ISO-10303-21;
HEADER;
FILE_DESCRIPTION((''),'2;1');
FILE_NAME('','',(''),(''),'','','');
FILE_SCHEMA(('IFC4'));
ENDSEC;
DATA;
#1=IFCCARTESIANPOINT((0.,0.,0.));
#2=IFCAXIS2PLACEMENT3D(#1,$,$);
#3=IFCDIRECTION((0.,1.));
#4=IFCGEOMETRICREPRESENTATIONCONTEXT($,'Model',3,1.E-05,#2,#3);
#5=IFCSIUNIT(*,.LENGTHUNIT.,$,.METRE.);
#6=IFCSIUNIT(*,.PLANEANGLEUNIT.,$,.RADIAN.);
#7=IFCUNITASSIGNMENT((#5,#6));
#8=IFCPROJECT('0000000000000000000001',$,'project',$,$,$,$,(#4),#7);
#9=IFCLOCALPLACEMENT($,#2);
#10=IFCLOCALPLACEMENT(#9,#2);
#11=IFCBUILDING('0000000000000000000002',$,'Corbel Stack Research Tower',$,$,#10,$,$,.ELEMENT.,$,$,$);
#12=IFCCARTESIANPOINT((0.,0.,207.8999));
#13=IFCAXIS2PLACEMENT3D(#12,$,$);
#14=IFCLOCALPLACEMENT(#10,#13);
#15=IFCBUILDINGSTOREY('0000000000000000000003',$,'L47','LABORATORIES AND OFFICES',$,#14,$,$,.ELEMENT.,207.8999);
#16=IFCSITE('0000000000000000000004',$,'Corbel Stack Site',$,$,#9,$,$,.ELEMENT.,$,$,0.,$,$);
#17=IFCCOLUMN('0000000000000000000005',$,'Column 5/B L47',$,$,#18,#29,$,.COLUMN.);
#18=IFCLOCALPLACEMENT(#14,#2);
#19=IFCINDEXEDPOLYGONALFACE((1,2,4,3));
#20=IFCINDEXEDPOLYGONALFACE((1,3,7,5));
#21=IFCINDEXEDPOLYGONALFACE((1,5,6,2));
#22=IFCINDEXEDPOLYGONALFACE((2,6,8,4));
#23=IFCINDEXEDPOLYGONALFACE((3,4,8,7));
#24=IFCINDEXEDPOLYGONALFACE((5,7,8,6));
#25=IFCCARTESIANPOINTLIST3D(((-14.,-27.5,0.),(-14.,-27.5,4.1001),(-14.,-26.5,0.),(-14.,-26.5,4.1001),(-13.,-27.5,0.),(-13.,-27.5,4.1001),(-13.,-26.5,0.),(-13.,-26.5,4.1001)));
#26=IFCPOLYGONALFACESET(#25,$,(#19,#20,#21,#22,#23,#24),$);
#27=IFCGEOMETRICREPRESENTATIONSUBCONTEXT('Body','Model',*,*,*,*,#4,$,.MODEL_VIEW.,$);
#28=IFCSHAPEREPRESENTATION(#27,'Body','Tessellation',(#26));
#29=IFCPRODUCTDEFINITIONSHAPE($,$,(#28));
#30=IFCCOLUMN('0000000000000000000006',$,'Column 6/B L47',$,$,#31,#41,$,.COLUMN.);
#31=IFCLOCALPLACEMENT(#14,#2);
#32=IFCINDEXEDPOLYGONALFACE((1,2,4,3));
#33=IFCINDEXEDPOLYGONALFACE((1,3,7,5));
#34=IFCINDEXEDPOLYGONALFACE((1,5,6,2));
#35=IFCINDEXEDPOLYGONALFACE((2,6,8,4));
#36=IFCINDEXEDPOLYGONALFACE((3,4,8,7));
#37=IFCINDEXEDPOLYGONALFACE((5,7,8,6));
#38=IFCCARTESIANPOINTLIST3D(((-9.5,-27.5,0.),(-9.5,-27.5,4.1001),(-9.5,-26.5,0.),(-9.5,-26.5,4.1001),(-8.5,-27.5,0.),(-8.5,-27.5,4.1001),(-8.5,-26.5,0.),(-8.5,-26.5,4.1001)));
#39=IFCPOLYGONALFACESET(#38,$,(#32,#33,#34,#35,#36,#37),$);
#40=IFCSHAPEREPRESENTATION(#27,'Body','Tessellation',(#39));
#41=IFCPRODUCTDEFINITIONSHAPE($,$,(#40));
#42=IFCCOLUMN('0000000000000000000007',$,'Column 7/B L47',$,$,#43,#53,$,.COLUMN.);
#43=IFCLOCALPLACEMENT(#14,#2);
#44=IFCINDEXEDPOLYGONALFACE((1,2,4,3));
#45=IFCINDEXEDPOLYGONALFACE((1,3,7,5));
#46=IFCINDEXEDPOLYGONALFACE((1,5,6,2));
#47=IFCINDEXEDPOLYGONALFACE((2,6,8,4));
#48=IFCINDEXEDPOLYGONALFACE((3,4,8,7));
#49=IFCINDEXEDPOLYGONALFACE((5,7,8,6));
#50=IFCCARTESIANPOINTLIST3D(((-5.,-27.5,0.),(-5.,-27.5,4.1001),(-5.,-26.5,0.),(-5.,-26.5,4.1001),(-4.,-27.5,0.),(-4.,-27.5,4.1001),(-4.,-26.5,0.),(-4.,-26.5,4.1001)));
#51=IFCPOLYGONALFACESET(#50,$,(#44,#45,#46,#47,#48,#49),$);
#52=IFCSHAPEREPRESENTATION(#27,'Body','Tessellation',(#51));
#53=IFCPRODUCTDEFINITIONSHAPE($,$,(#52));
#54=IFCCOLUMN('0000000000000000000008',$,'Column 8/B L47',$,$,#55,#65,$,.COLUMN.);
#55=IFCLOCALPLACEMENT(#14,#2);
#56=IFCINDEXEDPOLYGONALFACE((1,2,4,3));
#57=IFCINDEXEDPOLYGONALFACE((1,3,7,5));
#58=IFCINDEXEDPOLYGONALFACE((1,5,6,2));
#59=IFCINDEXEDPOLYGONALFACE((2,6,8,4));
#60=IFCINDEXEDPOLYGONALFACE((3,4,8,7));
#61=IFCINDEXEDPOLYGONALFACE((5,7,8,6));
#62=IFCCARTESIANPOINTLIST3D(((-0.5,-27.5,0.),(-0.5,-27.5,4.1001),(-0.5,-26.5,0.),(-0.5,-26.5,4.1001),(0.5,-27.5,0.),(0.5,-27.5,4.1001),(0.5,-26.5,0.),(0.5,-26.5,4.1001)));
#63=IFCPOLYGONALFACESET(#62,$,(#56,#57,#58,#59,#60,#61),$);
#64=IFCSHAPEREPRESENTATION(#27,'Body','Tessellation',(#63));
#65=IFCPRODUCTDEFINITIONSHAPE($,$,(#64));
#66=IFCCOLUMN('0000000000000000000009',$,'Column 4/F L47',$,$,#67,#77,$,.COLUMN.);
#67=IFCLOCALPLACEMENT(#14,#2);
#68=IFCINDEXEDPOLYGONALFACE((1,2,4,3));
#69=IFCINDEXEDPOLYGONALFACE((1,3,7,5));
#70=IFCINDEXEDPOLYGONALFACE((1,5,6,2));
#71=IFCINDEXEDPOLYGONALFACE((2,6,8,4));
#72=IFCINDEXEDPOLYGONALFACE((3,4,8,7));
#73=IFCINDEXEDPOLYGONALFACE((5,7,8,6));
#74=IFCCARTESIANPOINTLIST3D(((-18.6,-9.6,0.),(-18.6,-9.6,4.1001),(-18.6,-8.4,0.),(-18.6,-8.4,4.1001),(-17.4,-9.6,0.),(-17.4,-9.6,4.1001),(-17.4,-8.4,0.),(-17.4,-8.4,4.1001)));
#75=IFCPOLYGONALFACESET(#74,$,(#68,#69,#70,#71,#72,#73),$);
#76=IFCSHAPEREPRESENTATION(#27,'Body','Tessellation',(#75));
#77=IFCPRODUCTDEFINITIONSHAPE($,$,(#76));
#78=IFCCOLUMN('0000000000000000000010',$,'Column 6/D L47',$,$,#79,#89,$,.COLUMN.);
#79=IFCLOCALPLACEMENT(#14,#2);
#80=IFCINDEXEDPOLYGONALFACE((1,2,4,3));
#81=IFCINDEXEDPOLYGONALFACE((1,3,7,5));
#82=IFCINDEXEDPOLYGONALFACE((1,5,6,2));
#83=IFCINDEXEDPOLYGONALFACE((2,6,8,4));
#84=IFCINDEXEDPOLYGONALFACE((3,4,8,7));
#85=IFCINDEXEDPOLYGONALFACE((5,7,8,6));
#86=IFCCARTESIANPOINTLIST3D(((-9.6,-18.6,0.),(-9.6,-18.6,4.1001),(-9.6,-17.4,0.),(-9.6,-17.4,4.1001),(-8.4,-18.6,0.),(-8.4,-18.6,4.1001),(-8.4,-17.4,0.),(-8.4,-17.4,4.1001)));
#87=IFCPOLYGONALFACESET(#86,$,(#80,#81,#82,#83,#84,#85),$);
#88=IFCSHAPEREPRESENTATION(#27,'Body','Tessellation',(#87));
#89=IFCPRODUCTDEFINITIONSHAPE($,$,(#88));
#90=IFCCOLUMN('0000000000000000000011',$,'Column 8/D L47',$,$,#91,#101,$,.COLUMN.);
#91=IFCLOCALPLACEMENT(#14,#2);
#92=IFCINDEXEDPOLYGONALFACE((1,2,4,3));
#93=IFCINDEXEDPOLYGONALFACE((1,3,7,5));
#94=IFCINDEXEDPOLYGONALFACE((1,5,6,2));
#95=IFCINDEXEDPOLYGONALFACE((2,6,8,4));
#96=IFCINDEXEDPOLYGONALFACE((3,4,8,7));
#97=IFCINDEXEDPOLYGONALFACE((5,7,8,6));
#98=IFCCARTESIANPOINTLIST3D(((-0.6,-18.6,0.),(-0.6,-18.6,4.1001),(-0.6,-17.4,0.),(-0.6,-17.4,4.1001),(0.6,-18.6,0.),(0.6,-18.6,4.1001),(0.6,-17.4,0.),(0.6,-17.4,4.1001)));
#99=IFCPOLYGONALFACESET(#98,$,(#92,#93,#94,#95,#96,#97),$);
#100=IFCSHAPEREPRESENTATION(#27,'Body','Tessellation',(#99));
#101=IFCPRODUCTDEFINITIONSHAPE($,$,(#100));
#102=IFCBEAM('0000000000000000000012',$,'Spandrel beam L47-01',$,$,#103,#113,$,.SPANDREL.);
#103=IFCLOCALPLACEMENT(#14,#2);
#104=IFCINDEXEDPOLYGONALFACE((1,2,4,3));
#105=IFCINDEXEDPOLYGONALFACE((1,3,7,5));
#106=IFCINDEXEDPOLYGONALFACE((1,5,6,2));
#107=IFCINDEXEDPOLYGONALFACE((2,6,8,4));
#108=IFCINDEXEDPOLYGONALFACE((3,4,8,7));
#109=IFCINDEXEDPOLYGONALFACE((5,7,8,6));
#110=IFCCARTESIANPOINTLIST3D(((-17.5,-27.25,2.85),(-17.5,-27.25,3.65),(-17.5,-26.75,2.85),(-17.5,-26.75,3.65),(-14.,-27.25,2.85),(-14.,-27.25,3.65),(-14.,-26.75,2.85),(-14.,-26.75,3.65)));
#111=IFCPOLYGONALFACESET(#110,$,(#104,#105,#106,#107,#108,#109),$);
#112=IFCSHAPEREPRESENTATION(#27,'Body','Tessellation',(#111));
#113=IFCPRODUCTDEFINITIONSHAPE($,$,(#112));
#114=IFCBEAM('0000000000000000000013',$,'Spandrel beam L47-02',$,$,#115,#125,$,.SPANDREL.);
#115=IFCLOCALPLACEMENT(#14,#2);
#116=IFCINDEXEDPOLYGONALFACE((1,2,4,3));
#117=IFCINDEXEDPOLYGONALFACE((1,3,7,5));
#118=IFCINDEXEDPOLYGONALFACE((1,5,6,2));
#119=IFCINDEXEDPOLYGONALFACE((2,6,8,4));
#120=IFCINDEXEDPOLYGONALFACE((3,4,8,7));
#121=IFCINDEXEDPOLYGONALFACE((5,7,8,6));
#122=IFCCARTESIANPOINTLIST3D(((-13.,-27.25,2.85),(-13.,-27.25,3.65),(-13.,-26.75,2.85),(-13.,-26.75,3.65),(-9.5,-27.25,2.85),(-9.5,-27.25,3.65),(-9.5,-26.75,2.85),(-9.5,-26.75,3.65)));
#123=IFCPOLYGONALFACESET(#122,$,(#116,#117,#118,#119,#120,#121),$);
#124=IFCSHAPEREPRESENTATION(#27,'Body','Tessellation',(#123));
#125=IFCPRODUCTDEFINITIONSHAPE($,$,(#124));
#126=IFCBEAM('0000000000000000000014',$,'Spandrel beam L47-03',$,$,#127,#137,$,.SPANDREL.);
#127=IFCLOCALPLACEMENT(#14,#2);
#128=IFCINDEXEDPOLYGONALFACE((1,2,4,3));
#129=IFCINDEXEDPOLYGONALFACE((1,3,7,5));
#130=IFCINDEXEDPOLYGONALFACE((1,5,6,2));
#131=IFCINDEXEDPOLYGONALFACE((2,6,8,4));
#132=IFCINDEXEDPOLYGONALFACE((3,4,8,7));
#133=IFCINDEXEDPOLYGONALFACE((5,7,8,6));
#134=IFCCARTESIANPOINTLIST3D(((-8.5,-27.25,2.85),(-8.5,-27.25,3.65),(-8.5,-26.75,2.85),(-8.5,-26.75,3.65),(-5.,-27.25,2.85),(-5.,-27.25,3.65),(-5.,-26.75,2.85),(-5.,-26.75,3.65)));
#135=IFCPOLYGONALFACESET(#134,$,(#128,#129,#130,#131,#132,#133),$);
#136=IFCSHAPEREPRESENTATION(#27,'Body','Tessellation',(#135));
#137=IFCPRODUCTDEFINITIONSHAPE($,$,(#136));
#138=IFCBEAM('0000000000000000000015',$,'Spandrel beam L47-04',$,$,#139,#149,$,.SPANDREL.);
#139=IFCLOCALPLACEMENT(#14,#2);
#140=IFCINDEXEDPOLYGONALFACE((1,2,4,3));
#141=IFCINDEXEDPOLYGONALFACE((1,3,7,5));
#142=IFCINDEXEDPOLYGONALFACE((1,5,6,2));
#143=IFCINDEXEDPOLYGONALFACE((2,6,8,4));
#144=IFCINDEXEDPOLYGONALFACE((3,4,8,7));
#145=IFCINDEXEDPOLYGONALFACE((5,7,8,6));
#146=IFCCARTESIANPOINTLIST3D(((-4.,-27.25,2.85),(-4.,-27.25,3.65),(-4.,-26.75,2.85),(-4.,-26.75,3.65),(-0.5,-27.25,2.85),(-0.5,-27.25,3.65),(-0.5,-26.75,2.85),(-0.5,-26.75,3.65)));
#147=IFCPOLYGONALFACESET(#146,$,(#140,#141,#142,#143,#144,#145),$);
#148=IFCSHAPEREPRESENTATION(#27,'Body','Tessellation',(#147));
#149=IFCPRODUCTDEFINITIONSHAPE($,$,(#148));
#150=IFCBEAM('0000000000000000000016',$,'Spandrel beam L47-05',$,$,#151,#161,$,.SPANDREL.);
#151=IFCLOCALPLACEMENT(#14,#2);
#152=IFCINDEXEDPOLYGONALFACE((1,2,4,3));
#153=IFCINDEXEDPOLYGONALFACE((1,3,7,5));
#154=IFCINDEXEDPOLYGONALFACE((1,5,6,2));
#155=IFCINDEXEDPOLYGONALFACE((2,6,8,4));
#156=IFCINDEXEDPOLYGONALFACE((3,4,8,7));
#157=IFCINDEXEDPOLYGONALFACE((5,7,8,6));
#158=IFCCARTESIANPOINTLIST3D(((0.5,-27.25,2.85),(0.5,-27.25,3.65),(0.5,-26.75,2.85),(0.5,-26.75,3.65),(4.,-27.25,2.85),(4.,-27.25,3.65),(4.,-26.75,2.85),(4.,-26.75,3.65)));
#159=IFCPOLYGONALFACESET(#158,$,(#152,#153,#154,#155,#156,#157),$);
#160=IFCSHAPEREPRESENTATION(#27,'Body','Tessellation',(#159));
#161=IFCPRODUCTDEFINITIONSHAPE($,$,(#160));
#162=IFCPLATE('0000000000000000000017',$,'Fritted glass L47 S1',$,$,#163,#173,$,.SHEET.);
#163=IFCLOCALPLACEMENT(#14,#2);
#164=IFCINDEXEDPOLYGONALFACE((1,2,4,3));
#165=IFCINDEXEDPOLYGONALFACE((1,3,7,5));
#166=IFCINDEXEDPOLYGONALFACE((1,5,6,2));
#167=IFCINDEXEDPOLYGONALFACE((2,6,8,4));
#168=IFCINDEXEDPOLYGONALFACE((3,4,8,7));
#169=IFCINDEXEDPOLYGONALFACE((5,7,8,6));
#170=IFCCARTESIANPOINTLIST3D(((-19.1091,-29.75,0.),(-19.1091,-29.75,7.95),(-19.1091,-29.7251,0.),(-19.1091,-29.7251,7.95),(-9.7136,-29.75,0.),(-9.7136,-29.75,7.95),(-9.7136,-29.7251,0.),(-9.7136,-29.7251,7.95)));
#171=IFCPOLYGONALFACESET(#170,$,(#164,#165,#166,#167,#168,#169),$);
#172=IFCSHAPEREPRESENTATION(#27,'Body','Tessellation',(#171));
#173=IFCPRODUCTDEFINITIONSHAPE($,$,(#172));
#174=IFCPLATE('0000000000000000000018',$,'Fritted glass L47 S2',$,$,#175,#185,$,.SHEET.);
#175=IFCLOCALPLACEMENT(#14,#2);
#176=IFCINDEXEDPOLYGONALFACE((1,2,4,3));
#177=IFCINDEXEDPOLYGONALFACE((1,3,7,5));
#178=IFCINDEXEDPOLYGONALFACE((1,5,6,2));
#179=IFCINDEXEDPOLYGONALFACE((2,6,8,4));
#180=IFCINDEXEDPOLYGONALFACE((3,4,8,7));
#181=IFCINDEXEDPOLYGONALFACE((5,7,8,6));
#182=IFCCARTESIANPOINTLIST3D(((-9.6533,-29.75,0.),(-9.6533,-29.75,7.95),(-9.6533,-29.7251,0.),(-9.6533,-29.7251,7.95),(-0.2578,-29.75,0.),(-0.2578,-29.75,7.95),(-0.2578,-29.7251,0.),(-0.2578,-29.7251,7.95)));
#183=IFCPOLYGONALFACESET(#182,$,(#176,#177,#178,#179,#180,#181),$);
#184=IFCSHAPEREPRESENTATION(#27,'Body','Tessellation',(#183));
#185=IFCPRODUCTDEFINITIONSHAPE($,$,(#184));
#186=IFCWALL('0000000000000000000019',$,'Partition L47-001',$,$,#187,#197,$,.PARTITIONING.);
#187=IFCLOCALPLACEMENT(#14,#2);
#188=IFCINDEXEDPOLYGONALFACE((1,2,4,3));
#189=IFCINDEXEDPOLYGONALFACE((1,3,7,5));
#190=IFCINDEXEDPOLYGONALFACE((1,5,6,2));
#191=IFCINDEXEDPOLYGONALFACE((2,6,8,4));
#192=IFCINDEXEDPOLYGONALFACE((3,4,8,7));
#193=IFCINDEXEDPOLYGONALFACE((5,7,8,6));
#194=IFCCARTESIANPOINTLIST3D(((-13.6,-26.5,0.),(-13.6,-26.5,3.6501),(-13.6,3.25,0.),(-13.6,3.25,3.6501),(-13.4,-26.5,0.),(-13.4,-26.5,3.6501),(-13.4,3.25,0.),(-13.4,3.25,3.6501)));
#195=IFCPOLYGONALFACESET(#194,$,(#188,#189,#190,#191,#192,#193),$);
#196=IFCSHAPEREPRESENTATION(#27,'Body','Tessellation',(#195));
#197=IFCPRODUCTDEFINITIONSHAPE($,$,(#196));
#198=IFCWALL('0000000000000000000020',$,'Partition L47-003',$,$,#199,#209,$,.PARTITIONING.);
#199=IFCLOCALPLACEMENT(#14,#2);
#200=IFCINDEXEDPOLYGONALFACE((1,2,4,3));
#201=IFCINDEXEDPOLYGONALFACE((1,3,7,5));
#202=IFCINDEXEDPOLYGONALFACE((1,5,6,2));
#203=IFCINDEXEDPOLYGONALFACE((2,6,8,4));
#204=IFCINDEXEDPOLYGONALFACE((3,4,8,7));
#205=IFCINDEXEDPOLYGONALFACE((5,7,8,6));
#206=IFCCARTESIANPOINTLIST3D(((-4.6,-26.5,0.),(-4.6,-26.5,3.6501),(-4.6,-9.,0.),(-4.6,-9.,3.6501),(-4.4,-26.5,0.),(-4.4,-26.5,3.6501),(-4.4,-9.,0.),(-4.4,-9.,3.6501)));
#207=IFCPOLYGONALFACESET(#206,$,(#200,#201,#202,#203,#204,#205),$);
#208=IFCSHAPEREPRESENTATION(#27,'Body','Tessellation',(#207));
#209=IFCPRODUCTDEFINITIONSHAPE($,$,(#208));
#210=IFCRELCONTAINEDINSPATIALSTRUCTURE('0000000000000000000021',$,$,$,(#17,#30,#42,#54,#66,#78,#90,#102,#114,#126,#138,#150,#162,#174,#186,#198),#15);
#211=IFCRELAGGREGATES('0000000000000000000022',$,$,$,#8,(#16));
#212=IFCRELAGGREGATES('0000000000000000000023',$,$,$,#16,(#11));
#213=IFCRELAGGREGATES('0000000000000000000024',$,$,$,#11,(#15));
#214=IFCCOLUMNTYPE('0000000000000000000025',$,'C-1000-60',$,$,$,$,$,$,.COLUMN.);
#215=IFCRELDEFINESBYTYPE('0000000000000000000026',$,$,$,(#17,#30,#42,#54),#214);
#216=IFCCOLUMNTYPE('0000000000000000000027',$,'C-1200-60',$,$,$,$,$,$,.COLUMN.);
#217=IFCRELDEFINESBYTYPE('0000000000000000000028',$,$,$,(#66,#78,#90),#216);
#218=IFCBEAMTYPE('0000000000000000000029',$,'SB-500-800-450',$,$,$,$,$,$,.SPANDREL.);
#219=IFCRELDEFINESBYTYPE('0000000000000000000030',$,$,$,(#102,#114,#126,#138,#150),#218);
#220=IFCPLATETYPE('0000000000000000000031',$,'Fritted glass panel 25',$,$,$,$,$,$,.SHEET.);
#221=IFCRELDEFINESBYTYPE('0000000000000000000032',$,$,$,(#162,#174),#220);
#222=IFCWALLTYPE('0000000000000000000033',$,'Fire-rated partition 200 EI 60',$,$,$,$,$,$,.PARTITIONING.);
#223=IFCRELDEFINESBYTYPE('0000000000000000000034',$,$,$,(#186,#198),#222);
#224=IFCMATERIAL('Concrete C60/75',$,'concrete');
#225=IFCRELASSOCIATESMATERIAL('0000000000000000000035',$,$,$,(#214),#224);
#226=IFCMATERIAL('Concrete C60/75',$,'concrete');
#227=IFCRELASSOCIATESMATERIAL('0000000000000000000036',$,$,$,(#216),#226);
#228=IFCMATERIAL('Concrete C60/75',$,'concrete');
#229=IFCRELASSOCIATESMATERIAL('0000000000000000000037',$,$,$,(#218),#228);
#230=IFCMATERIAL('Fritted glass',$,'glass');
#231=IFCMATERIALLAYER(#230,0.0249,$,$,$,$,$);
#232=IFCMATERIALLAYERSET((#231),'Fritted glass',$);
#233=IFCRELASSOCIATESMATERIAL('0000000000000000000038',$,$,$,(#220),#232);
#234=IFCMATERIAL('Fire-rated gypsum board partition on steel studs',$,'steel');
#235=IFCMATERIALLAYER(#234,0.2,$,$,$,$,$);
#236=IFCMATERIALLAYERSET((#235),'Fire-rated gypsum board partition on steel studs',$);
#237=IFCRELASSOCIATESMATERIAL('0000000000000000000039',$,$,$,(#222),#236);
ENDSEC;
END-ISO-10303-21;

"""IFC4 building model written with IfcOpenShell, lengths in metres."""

from ifc_helpers import new_model, si_unit, direction, frame, frame_2d, origin, origin_2d, place, context, subcontext, project, spatial, rectangle, extrude, material, layer, layer_set, material_profile, profile_set, type_object, element, save


model = new_model("IFC4")

# Units and contexts
model_context = context("Model", 3, precision=1e-05, world=origin(), true_north=direction((0.0, 1.0)))
body_context = subcontext(model_context, "Body", "Model", "MODEL_VIEW")
ifc_project = project(units=[si_unit("LENGTHUNIT", "METRE"), si_unit("PLANEANGLEUNIT", "RADIAN")], contexts=[model_context])

# Site, building, storey
site_placement = place(None, origin())
site = spatial("IfcSite", under=ifc_project, at=site_placement, Name="Corbel Stack Site", CompositionType="ELEMENT", RefElevation=0.0)
building_placement = place(site_placement, origin())
building = spatial("IfcBuilding", under=site, at=building_placement, Name="Corbel Stack Research Tower", CompositionType="ELEMENT")
storey_placement = place(building_placement, frame((0.0, 0.0, 207.8999)))
storey = spatial("IfcBuildingStorey", under=building, at=storey_placement, Name="L47", Description="LABORATORIES AND OFFICES", CompositionType="ELEMENT", Elevation=207.8999)

# Columns
ifc_material_1 = material(Name="Concrete C60/75", Category="concrete")
ifc_material_profile_1 = material_profile(ifc_material_1, rectangle(XDim=1.0, YDim=1.0, at=origin_2d()), Name="RC 1000 x 1000")
ifc_profile_set_1 = profile_set([ifc_material_profile_1], Name="Concrete C60/75")
column_type_1 = type_object("IfcColumnType", Name="C-1000-60", PredefinedType="COLUMN", material=ifc_profile_set_1)
for number, where, z_axis, x_axis, name in (
    (1, (-13.5, -27.0, 0.0), (0.0, 0.0, 1.0), (1.0, 0.0, 0.0), "Column 5/B L47"),
    (2, (-9.0, -27.0, 0.0), (0.0, 0.0, 1.0), (1.0, 0.0, 0.0), "Column 6/B L47"),
    (3, (-4.5, -27.0, 0.0), (0.0, 0.0, 1.0), (1.0, 0.0, 0.0), "Column 7/B L47"),
    (4, (0.0, -27.0, 0.0), (0.0, 0.0, 1.0), (1.0, 0.0, 0.0), "Column 8/B L47"),
):
    element("IfcColumn", number, at=place(storey_placement, frame(where, z_axis=z_axis, x_axis=x_axis)), inside=storey, type_object=column_type_1, Name=name, PredefinedType="COLUMN", context=body_context, shape_type="SweptSolid", body=[
        extrude(rectangle(XDim=1.0, YDim=1.0, at=origin_2d()), origin(), (0.0, 0.0, 1.0), 4.1001),
    ])
ifc_material_2 = material(Name="Concrete C60/75", Category="concrete")
ifc_material_profile_2 = material_profile(ifc_material_2, rectangle(XDim=1.2, YDim=1.2, at=origin_2d()), Name="RC 1200 x 1200")
ifc_profile_set_2 = profile_set([ifc_material_profile_2], Name="Concrete C60/75")
column_type_2 = type_object("IfcColumnType", Name="C-1200-60", PredefinedType="COLUMN", material=ifc_profile_set_2)
for number, where, z_axis, x_axis, name in (
    (5, (-18.0, -9.0, 0.0), (0.0, 0.0, 1.0), (1.0, 0.0, 0.0), "Column 4/F L47"),
    (6, (-9.0, -18.0, 0.0), (0.0, 0.0, 1.0), (1.0, 0.0, 0.0), "Column 6/D L47"),
    (7, (0.0, -18.0, 0.0), (0.0, 0.0, 1.0), (1.0, 0.0, 0.0), "Column 8/D L47"),
):
    element("IfcColumn", number, at=place(storey_placement, frame(where, z_axis=z_axis, x_axis=x_axis)), inside=storey, type_object=column_type_2, Name=name, PredefinedType="COLUMN", context=body_context, shape_type="SweptSolid", body=[
        extrude(rectangle(XDim=1.2, YDim=1.2, at=origin_2d()), origin(), (0.0, 0.0, 1.0), 4.1001),
    ])

# Beams
ifc_material_3 = material(Name="Concrete C60/75", Category="concrete")
ifc_material_profile_3 = material_profile(ifc_material_3, rectangle(XDim=0.5, YDim=0.8, at=origin_2d()), Name="RC 500 x 800")
ifc_profile_set_3 = profile_set([ifc_material_profile_3], Name="Concrete C60/75")
beam_type = type_object("IfcBeamType", Name="SB-500-800-450", PredefinedType="SPANDREL", material=ifc_profile_set_3)
for number, where, z_axis, x_axis, name in (
    (8, (-17.5, -27.0, 3.25), (1.0, 0.0, 0.0), (0.0, 1.0, 0.0), "Spandrel beam L47-01"),
    (9, (-13.0, -27.0, 3.25), (1.0, 0.0, 0.0), (0.0, 1.0, 0.0), "Spandrel beam L47-02"),
    (10, (-8.5, -27.0, 3.25), (1.0, 0.0, 0.0), (0.0, 1.0, 0.0), "Spandrel beam L47-03"),
    (11, (-4.0, -27.0, 3.25), (1.0, 0.0, 0.0), (0.0, 1.0, 0.0), "Spandrel beam L47-04"),
    (12, (0.5, -27.0, 3.25), (1.0, 0.0, 0.0), (0.0, 1.0, 0.0), "Spandrel beam L47-05"),
):
    element("IfcBeam", number, at=place(storey_placement, frame(where, z_axis=z_axis, x_axis=x_axis)), inside=storey, type_object=beam_type, Name=name, PredefinedType="SPANDREL", context=body_context, shape_type="SweptSolid", body=[
        extrude(rectangle(XDim=0.5, YDim=0.8, at=origin_2d()), origin(), (0.0, 0.0, 1.0), 3.5),
    ])

# Plates
ifc_material_4 = material(Name="Fritted glass", Category="glass")
ifc_layer_1 = layer(ifc_material_4, 0.0249)
ifc_layer_set_1 = layer_set([ifc_layer_1], Name="Fritted glass")
plate_type = type_object("IfcPlateType", Name="Fritted glass panel 25", PredefinedType="SHEET", material=ifc_layer_set_1)
for number, where, z_axis, x_axis, name in (
    (13, (-14.4114, -29.7375, 0.0), (0.0, 0.0, 1.0), (1.0, 0.0, 0.0), "Fritted glass L47 S1"),
    (14, (-4.9556, -29.7375, 0.0), (0.0, 0.0, 1.0), (1.0, 0.0, 0.0), "Fritted glass L47 S2"),
):
    element("IfcPlate", number, at=place(storey_placement, frame(where, z_axis=z_axis, x_axis=x_axis)), inside=storey, type_object=plate_type, Name=name, PredefinedType="SHEET", context=body_context, shape_type="SweptSolid", body=[
        extrude(rectangle(XDim=9.3955, YDim=0.0249, at=origin_2d()), origin(), (0.0, 0.0, 1.0), 7.95),
    ])

# Walls
ifc_material_5 = material(Name="Fire-rated gypsum board partition on steel studs", Category="steel")
ifc_layer_2 = layer(ifc_material_5, 0.2)
ifc_layer_set_2 = layer_set([ifc_layer_2], Name="Fire-rated gypsum board partition on steel studs")
wall_type_1 = type_object("IfcWallType", Name="Fire-rated partition 200 EI 60", PredefinedType="PARTITIONING", material=ifc_layer_set_2)
wall_1_placement = place(storey_placement, frame((-13.5, -26.5, 0.0), z_axis=(0.0, 0.0, 1.0), x_axis=(0.0, 1.0, 0.0)))
element("IfcWall", 15, at=wall_1_placement, inside=storey, type_object=wall_type_1, Name="Partition L47-001", PredefinedType="PARTITIONING", context=body_context, shape_type="SweptSolid", body=[
    extrude(rectangle(XDim=29.75, YDim=0.2, at=frame_2d((14.875, 0.0))), origin(), (0.0, 0.0, 1.0), 3.6501),
])
wall_2_placement = place(storey_placement, frame((-4.5, -26.5, 0.0), z_axis=(0.0, 0.0, 1.0), x_axis=(0.0, 1.0, 0.0)))
element("IfcWall", 16, at=wall_2_placement, inside=storey, type_object=wall_type_1, Name="Partition L47-003", PredefinedType="PARTITIONING", context=body_context, shape_type="SweptSolid", body=[
    extrude(rectangle(XDim=17.5, YDim=0.2, at=frame_2d((8.75, 0.0))), origin(), (0.0, 0.0, 1.0), 3.6501),
])

save(model, "model.ifc")
